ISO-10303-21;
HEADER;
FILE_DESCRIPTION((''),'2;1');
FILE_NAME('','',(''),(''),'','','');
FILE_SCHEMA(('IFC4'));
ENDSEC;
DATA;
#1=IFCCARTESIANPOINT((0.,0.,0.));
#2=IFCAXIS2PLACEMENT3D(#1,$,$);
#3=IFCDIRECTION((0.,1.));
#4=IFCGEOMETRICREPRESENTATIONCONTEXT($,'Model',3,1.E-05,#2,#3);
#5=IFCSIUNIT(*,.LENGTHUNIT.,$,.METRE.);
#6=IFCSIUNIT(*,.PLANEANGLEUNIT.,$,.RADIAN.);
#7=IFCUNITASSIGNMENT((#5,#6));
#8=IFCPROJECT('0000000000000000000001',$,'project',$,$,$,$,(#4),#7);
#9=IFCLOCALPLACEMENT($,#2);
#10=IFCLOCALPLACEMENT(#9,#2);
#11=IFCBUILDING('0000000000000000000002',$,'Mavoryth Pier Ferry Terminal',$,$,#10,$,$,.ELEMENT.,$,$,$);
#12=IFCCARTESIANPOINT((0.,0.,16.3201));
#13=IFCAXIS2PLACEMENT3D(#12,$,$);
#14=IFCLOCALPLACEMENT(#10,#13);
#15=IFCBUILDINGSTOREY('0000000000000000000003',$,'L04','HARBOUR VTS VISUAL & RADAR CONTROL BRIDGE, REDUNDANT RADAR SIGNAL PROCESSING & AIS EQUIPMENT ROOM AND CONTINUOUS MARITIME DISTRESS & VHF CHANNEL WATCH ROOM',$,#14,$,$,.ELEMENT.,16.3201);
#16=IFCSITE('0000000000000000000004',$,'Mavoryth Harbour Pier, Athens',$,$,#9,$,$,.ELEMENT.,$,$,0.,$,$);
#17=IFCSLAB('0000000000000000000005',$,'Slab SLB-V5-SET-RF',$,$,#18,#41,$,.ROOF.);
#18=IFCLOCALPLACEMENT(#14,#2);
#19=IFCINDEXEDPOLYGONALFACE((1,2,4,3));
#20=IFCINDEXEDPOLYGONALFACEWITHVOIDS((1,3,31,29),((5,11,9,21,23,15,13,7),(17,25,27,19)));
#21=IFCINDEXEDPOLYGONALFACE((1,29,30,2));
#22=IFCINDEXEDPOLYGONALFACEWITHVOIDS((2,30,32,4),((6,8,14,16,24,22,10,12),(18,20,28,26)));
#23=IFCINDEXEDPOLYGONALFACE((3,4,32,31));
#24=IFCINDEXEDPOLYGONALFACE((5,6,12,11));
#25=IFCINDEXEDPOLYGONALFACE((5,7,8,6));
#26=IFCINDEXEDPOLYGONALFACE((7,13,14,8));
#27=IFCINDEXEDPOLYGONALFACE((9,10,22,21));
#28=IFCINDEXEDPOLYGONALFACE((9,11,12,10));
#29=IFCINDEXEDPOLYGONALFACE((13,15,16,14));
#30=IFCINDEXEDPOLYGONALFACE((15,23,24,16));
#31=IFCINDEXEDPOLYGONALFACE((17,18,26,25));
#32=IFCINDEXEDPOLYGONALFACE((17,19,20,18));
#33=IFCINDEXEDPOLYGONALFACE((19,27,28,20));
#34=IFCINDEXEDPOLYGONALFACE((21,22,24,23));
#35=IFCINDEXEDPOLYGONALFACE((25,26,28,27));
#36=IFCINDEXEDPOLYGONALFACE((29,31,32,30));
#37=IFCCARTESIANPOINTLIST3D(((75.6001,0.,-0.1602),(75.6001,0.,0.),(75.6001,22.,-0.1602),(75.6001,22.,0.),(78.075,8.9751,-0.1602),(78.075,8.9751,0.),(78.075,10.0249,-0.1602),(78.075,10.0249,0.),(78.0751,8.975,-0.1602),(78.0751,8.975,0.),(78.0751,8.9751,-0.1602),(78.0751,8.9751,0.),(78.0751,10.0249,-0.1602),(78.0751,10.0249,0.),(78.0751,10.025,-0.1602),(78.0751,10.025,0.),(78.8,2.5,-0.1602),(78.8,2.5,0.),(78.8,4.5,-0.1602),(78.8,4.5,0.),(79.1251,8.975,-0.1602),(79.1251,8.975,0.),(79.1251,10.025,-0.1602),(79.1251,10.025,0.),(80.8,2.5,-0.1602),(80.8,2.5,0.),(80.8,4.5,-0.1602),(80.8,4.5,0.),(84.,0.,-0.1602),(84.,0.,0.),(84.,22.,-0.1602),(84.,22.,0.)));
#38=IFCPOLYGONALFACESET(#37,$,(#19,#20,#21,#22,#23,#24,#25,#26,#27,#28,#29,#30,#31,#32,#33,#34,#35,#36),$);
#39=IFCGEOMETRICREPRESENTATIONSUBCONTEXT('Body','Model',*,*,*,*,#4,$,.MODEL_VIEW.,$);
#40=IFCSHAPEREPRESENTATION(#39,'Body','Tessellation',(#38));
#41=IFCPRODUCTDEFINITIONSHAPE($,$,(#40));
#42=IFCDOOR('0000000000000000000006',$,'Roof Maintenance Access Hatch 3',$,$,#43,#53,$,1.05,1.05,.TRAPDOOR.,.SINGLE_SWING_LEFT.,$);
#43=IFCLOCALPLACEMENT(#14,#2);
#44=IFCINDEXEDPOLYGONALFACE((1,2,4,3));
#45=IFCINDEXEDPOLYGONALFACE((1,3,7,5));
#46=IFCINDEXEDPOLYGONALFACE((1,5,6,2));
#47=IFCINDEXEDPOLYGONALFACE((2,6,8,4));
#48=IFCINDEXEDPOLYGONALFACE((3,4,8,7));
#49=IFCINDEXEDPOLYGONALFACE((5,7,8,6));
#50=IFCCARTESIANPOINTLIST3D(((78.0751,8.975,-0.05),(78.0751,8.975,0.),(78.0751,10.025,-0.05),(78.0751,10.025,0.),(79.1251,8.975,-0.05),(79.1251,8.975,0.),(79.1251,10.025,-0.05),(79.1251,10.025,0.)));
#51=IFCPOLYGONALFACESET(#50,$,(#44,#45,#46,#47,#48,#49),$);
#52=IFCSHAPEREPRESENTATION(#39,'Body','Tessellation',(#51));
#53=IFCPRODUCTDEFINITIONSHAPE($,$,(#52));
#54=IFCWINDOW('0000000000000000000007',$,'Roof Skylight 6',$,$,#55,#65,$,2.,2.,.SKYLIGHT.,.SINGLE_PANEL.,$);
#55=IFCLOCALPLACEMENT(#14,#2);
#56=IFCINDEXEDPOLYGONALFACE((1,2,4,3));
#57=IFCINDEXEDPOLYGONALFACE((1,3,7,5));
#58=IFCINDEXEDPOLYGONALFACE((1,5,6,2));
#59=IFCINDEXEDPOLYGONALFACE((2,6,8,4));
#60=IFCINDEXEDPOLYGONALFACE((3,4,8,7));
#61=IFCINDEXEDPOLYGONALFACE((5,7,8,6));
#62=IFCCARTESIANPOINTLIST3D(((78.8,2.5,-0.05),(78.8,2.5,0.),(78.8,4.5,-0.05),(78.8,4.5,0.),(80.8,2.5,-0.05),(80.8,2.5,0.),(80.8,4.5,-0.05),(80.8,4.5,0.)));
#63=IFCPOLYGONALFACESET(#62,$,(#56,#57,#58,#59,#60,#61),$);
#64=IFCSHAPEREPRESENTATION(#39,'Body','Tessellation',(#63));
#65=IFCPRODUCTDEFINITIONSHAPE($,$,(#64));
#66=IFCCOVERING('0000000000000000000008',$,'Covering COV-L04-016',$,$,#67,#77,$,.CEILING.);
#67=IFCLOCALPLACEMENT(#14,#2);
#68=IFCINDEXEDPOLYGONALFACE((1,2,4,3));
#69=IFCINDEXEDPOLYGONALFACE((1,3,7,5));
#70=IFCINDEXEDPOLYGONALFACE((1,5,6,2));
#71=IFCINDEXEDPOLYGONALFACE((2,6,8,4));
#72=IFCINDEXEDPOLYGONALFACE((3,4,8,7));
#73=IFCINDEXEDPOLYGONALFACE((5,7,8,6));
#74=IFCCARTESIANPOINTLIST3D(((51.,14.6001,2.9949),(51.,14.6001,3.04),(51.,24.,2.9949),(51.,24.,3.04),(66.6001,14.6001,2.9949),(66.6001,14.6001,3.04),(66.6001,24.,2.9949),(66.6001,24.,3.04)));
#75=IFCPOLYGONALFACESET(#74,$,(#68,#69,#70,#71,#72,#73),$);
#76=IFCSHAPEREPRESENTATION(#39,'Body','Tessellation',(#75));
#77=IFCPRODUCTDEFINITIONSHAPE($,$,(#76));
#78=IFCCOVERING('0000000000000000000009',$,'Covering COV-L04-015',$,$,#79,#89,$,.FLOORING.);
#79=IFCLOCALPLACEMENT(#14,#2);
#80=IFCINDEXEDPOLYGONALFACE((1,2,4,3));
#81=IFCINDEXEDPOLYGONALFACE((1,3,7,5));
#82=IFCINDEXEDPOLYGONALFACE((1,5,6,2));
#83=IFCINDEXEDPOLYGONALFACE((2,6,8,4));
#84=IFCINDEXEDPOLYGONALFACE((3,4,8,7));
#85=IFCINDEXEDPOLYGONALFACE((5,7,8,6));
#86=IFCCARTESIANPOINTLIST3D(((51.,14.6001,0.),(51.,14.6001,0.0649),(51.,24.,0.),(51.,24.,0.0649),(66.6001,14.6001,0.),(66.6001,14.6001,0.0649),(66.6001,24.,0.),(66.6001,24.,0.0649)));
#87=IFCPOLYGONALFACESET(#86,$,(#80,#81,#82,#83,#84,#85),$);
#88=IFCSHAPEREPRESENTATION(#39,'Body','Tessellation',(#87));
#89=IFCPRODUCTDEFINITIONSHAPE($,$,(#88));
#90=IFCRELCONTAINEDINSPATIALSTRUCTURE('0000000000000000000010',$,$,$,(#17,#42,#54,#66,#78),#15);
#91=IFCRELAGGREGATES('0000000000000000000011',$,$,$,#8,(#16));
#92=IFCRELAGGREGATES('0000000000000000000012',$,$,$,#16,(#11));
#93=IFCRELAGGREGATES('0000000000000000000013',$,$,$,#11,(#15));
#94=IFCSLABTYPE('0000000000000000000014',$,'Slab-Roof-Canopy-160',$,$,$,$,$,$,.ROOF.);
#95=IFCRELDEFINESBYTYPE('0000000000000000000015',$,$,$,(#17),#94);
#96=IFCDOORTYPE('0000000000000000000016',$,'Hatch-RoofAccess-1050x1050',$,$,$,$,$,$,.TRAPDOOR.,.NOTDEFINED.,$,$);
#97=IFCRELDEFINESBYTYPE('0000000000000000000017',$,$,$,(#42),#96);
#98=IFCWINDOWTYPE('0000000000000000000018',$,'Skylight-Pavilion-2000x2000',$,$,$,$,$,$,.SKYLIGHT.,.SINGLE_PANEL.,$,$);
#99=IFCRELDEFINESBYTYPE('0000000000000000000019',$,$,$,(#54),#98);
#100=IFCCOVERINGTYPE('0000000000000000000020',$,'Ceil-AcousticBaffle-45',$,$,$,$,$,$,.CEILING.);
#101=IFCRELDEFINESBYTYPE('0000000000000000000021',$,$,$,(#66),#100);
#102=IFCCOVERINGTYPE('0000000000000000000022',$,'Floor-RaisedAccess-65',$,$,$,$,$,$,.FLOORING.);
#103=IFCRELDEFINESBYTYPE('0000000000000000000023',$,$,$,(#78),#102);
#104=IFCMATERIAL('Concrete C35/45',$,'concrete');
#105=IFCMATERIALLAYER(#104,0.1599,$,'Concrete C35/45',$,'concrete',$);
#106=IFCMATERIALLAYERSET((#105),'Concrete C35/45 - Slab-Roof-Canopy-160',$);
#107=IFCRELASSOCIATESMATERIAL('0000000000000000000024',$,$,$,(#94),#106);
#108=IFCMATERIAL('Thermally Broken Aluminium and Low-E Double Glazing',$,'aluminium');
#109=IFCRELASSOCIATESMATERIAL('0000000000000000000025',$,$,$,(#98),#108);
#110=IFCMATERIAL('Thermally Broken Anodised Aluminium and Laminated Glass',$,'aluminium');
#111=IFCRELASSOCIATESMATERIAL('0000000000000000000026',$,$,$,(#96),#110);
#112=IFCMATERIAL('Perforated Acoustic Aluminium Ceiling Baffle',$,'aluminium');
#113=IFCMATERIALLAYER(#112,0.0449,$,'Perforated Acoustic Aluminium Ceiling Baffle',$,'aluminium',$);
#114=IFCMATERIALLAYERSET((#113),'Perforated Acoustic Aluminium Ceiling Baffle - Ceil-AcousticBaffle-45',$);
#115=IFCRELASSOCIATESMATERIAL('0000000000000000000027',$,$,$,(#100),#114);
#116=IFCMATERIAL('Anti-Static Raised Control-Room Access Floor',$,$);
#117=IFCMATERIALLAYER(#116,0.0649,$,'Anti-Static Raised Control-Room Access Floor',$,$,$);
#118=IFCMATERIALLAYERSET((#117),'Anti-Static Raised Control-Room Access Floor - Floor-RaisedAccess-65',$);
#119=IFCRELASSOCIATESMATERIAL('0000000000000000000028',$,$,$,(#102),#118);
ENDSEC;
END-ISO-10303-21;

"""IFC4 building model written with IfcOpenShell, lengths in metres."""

from ifc_helpers import new_model, si_unit, direction, frame, origin, origin_2d, place, context, subcontext, project, spatial, polyline, rectangle, outline, extrude, material, layer, layer_set, type_object, element, fill, save


model = new_model("IFC4")

# Units and contexts
model_context = context("Model", 3, precision=1e-05, world=origin(), true_north=direction((0.0, 1.0)))
body_context = subcontext(model_context, "Body", "Model", "MODEL_VIEW")
ifc_project = project(units=[si_unit("LENGTHUNIT", "METRE"), si_unit("PLANEANGLEUNIT", "RADIAN")], contexts=[model_context])

# Site, building, storey
site_placement = place(None, origin())
site = spatial("IfcSite", under=ifc_project, at=site_placement, Name="Mavoryth Harbour Pier, Athens", CompositionType="ELEMENT", RefElevation=0.0)
building_placement = place(site_placement, origin())
building = spatial("IfcBuilding", under=site, at=building_placement, Name="Mavoryth Pier Ferry Terminal", CompositionType="ELEMENT")
storey_placement = place(building_placement, frame((0.0, 0.0, 16.3201)))
storey = spatial("IfcBuildingStorey", under=building, at=storey_placement, Name="L04", Description="HARBOUR VTS VISUAL & RADAR CONTROL BRIDGE, REDUNDANT RADAR SIGNAL PROCESSING & AIS EQUIPMENT ROOM AND CONTINUOUS MARITIME DISTRESS & VHF CHANNEL WATCH ROOM", CompositionType="ELEMENT", Elevation=16.3201)

# Shared definitions
ifc_material_1 = material(Name="Concrete C35/45", Category="concrete")

# Shared definitions
ifc_layer_1 = layer(ifc_material_1, 0.1599, Name="Concrete C35/45", Category="concrete")
ifc_layer_set_1 = layer_set([ifc_layer_1], Name="Concrete C35/45 - Slab-Roof-Canopy-160")
slab_type_1 = type_object("IfcSlabType", Name="Slab-Roof-Canopy-160", PredefinedType="ROOF", material=ifc_layer_set_1)
ifc_material_2 = material(Name="Thermally Broken Anodised Aluminium and Laminated Glass", Category="aluminium")
ifc_material_3 = material(Name="Thermally Broken Aluminium and Low-E Double Glazing", Category="aluminium")
window_type_1 = type_object("IfcWindowType", Name="Skylight-Pavilion-2000x2000", PartitioningType="SINGLE_PANEL", PredefinedType="SKYLIGHT", material=ifc_material_3)

# Slab, openings, door, window
slab_1_placement = place(storey_placement, frame((0.0, 0.0, -0.1602)))
slab_1 = element("IfcSlab", 1, at=slab_1_placement, inside=storey, type_object=slab_type_1, Name="Slab SLB-V5-SET-RF", PredefinedType="ROOF", context=body_context, shape_type="SweptSolid", body=[
    extrude(outline(polyline([(75.6001, 0.0), (84.0, 0.0), (84.0, 22.0), (75.6001, 22.0), (75.6001, 0.0)]), holes=[polyline([(78.8, 2.5), (80.8, 2.5), (80.8, 4.5), (78.8, 4.5), (78.8, 2.5)]), polyline([(78.075, 8.9751), (79.125, 8.9751), (79.125, 10.0249), (78.075, 10.0249), (78.075, 8.9751)])]), origin(), (0.0, 0.0, 1.0), 0.1602),
])
opening_1_placement = place(slab_1_placement, frame((79.8, 3.5, 0.0)))
opening_1 = element("IfcOpeningElement", 2, at=opening_1_placement, cuts=slab_1, PredefinedType="OPENING", context=body_context, shape_type="SweptSolid", body=[
    extrude(rectangle(XDim=2.0, YDim=2.0, at=origin_2d()), frame((0.0, 0.0, -0.01)), (0.0, 0.0, 1.0), 0.1802),
])
opening_2_placement = place(slab_1_placement, frame((78.6001, 9.5, 0.0)))
opening_2 = element("IfcOpeningElement", 3, at=opening_2_placement, cuts=slab_1, PredefinedType="OPENING", context=body_context, shape_type="SweptSolid", body=[
    extrude(rectangle(XDim=1.05, YDim=1.05, at=origin_2d()), frame((0.0, 0.0, -0.01)), (0.0, 0.0, 1.0), 0.1802),
])
door_type_1 = type_object("IfcDoorType", Name="Hatch-RoofAccess-1050x1050", OperationType="NOTDEFINED", PredefinedType="TRAPDOOR", material=ifc_material_2)
door_1_placement = place(opening_2_placement, frame((0.0, 0.0, 0.1101)))
door_1 = element("IfcDoor", 4, at=door_1_placement, inside=storey, type_object=door_type_1, Name="Roof Maintenance Access Hatch 3", OperationType="SINGLE_SWING_LEFT", OverallHeight=1.05, OverallWidth=1.05, PredefinedType="TRAPDOOR", context=body_context, shape_type="SweptSolid", body=[
    extrude(rectangle(XDim=1.05, YDim=1.05, at=origin_2d()), origin(), (0.0, 0.0, 1.0), 0.05),
])
fill(opening_2, door_1)
window_1_placement = place(opening_1_placement, frame((0.0, 0.0, 0.1101)))
window_1 = element("IfcWindow", 5, at=window_1_placement, inside=storey, type_object=window_type_1, Name="Roof Skylight 6", OverallHeight=2.0, OverallWidth=2.0, PartitioningType="SINGLE_PANEL", PredefinedType="SKYLIGHT", context=body_context, shape_type="SweptSolid", body=[
    extrude(rectangle(XDim=2.0, YDim=2.0, at=origin_2d()), origin(), (0.0, 0.0, 1.0), 0.05),
])
fill(opening_1, window_1)

# Coverings
ifc_material_4 = material(Name="Perforated Acoustic Aluminium Ceiling Baffle", Category="aluminium")
ifc_layer_2 = layer(ifc_material_4, 0.0449, Name="Perforated Acoustic Aluminium Ceiling Baffle", Category="aluminium")
ifc_layer_set_2 = layer_set([ifc_layer_2], Name="Perforated Acoustic Aluminium Ceiling Baffle - Ceil-AcousticBaffle-45")
covering_type_1 = type_object("IfcCoveringType", Name="Ceil-AcousticBaffle-45", PredefinedType="CEILING", material=ifc_layer_set_2)
covering_1_placement = place(storey_placement, frame((0.0, 0.0, 2.9949)))
element("IfcCovering", 6, at=covering_1_placement, inside=storey, type_object=covering_type_1, Name="Covering COV-L04-016", PredefinedType="CEILING", context=body_context, shape_type="SweptSolid", body=[
    extrude(outline(polyline([(51.0, 14.6001), (66.6001, 14.6001), (66.6001, 24.0), (51.0, 24.0), (51.0, 14.6001)])), origin(), (0.0, 0.0, 1.0), 0.0452),
])
ifc_material_5 = material(Name="Anti-Static Raised Control-Room Access Floor")
ifc_layer_3 = layer(ifc_material_5, 0.0649, Name="Anti-Static Raised Control-Room Access Floor")
ifc_layer_set_3 = layer_set([ifc_layer_3], Name="Anti-Static Raised Control-Room Access Floor - Floor-RaisedAccess-65")
covering_type_2 = type_object("IfcCoveringType", Name="Floor-RaisedAccess-65", PredefinedType="FLOORING", material=ifc_layer_set_3)
covering_2_placement = place(storey_placement, origin())
element("IfcCovering", 7, at=covering_2_placement, inside=storey, type_object=covering_type_2, Name="Covering COV-L04-015", PredefinedType="FLOORING", context=body_context, shape_type="SweptSolid", body=[
    extrude(outline(polyline([(51.0, 14.6001), (66.6001, 14.6001), (66.6001, 24.0), (51.0, 24.0), (51.0, 14.6001)])), origin(), (0.0, 0.0, 1.0), 0.0649),
])

save(model, "model.ifc")
